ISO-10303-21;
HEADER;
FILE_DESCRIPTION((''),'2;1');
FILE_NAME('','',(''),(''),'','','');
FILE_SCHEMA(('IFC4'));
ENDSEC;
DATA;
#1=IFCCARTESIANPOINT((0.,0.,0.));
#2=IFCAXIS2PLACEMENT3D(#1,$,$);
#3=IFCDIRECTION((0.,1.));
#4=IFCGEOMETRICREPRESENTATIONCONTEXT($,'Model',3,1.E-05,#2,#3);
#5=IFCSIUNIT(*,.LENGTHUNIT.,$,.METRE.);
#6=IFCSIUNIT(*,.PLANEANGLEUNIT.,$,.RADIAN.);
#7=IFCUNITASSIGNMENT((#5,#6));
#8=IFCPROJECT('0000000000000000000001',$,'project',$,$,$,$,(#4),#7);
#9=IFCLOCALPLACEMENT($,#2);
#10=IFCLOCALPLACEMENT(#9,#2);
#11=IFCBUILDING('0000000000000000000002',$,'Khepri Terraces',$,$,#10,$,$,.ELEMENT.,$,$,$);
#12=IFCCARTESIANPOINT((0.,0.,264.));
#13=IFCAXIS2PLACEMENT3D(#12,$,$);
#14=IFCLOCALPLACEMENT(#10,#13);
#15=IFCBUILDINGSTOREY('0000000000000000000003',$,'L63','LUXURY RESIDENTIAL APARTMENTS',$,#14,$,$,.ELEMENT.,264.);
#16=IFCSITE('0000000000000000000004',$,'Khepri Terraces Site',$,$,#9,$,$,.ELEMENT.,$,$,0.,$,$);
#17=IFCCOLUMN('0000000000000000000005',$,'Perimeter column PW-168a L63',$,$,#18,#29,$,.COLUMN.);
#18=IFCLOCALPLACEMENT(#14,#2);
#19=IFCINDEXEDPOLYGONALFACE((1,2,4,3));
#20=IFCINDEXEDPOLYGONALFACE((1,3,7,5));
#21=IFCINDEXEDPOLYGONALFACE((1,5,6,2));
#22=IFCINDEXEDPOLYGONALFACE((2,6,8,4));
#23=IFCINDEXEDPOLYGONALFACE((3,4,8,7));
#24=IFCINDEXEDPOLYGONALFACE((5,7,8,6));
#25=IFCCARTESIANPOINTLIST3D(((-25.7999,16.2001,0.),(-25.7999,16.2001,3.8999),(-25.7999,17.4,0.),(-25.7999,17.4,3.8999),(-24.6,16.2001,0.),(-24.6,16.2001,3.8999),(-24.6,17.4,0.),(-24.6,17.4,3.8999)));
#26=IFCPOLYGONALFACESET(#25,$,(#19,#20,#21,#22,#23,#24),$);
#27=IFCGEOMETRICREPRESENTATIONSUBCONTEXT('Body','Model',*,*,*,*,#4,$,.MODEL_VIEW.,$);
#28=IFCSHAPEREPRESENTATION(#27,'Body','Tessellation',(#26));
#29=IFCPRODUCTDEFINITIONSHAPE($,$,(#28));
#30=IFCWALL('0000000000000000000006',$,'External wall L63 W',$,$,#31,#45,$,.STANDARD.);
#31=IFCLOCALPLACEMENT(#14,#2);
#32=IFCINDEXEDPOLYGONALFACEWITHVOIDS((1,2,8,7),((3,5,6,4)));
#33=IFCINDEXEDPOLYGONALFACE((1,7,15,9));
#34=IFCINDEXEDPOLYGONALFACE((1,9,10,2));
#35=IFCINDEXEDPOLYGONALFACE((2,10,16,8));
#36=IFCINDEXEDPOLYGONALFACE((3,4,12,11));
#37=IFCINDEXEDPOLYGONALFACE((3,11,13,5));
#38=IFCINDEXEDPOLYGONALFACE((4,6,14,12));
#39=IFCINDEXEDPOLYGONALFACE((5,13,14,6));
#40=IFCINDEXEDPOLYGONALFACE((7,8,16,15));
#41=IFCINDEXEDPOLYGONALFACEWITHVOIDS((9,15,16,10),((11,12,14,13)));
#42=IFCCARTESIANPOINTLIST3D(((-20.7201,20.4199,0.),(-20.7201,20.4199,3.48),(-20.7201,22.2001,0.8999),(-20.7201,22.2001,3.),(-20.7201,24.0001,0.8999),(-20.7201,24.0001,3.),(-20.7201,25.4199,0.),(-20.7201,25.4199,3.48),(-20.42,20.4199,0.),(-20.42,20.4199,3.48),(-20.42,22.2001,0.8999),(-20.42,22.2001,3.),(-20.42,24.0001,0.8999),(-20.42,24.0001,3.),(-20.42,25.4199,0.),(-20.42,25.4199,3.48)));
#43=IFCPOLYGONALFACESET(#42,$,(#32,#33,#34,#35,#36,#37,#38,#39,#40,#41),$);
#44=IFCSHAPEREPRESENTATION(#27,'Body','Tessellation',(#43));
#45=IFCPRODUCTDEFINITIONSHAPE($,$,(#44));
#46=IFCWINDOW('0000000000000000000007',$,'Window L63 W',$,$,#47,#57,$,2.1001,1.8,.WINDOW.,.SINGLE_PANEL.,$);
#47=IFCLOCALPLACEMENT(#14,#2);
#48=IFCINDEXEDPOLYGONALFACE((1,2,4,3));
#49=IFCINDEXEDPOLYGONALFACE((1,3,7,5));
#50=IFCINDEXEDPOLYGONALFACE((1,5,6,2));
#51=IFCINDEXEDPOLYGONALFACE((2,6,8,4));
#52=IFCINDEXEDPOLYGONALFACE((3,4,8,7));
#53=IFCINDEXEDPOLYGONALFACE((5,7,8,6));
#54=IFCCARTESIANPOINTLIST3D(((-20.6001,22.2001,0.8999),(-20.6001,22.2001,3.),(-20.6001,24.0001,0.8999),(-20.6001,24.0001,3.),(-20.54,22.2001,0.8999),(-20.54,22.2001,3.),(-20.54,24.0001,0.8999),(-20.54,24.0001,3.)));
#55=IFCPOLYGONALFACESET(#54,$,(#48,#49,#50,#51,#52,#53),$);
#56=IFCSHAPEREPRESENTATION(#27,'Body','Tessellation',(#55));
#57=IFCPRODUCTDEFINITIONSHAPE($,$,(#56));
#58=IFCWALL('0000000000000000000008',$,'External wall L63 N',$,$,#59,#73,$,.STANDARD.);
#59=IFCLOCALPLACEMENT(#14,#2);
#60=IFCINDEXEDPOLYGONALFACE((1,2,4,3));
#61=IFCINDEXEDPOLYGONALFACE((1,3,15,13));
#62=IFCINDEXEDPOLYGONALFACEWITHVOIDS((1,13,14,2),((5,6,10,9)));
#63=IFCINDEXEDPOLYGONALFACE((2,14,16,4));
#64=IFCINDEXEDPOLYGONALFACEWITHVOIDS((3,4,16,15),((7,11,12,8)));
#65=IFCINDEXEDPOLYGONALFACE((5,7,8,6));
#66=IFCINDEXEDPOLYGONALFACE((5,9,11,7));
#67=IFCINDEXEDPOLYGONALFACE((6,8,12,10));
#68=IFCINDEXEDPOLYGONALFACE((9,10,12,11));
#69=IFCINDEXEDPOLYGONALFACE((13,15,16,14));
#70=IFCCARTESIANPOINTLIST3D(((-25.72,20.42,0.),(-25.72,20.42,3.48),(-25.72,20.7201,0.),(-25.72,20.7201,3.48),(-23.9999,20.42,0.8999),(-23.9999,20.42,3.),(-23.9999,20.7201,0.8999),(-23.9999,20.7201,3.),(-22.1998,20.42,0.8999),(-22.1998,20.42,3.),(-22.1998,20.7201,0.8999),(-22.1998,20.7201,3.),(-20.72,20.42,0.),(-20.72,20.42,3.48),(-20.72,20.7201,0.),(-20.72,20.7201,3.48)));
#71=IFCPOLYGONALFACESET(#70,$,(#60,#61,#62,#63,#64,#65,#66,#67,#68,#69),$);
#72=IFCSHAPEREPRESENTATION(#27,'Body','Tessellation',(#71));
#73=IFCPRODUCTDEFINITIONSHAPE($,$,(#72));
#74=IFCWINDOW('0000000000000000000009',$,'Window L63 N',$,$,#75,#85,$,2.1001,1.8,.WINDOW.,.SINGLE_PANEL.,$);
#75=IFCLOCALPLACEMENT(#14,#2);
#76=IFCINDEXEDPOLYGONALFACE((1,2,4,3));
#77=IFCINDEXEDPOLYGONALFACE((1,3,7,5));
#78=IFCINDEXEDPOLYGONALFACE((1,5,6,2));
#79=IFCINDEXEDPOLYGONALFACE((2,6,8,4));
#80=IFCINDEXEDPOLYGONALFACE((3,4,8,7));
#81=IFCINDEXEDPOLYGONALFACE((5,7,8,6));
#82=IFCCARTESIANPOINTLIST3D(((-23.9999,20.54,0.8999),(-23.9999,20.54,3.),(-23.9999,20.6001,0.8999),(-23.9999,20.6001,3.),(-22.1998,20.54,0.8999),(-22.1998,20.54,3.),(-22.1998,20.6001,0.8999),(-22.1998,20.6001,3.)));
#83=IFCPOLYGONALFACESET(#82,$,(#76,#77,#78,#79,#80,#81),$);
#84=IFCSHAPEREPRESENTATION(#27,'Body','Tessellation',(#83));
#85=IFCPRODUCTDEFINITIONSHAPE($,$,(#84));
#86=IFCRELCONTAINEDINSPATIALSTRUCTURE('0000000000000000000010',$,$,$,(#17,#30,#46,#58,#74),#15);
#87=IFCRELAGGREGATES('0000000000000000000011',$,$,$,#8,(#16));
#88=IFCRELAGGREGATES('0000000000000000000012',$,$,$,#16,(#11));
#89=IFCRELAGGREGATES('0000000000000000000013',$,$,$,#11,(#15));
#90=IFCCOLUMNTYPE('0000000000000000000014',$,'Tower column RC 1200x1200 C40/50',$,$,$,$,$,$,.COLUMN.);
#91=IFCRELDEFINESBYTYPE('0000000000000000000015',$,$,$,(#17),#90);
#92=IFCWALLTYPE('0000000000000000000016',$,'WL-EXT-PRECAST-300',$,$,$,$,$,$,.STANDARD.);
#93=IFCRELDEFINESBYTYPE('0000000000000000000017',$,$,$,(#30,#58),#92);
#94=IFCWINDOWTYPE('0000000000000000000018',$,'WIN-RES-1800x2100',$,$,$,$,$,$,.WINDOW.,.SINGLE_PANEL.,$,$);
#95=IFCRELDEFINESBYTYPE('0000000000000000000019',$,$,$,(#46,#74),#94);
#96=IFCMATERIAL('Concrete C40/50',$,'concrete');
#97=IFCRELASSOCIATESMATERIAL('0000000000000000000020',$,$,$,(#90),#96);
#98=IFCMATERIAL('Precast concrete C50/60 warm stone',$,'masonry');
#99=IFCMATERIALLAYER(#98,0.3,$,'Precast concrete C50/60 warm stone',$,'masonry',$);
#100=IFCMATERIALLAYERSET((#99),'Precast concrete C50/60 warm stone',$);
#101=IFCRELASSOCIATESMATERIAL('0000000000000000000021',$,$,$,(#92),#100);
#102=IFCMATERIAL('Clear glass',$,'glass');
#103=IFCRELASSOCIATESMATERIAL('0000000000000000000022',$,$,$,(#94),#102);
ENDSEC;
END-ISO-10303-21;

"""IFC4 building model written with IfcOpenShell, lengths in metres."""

from ifc_helpers import new_model, si_unit, direction, frame, frame_2d, origin, origin_2d, place, context, subcontext, project, spatial, rectangle, extrude, material, layer, layer_set, material_profile, profile_set, type_object, element, fill, save


model = new_model("IFC4")

# Units and contexts
model_context = context("Model", 3, precision=1e-05, world=origin(), true_north=direction((0.0, 1.0)))
body_context = subcontext(model_context, "Body", "Model", "MODEL_VIEW")
ifc_project = project(units=[si_unit("LENGTHUNIT", "METRE"), si_unit("PLANEANGLEUNIT", "RADIAN")], contexts=[model_context])

# Site, building, storey
site_placement = place(None, origin())
site = spatial("IfcSite", under=ifc_project, at=site_placement, Name="Khepri Terraces Site", CompositionType="ELEMENT", RefElevation=0.0)
building_placement = place(site_placement, origin())
building = spatial("IfcBuilding", under=site, at=building_placement, Name="Khepri Terraces", CompositionType="ELEMENT")
storey_placement = place(building_placement, frame((0.0, 0.0, 264.0)))
storey = spatial("IfcBuildingStorey", under=building, at=storey_placement, Name="L63", Description="LUXURY RESIDENTIAL APARTMENTS", CompositionType="ELEMENT", Elevation=264.0)

# Column
ifc_material_1 = material(Name="Concrete C40/50", Category="concrete")
ifc_material_profile = material_profile(ifc_material_1, rectangle(XDim=1.2, YDim=1.2, at=origin_2d()), Name="Concrete C40/50", Category="concrete")
ifc_profile_set = profile_set([ifc_material_profile], Name="Concrete C40/50")
column_type = type_object("IfcColumnType", Name="Tower column RC 1200x1200 C40/50", PredefinedType="COLUMN", material=ifc_profile_set)
column_placement = place(storey_placement, frame((-25.2, 16.8, 0.0), z_axis=(0.0, 0.0, 1.0), x_axis=(1.0, 0.0, 0.0)))
element("IfcColumn", 1, at=column_placement, inside=storey, type_object=column_type, Name="Perimeter column PW-168a L63", PredefinedType="COLUMN", context=body_context, shape_type="SweptSolid", body=[
    extrude(rectangle(XDim=1.2, YDim=1.2, at=origin_2d()), origin(), (0.0, 0.0, 1.0), 3.8999),
])

# Walls, openings, windows
ifc_material_2 = material(Name="Precast concrete C50/60 warm stone", Category="masonry")
ifc_layer = layer(ifc_material_2, 0.3, Name="Precast concrete C50/60 warm stone", Category="masonry")
ifc_layer_set = layer_set([ifc_layer], Name="Precast concrete C50/60 warm stone")
wall_type = type_object("IfcWallType", Name="WL-EXT-PRECAST-300", PredefinedType="STANDARD", material=ifc_layer_set)
wall_1_placement = place(storey_placement, frame((-20.5701, 25.4199, 0.0), z_axis=(0.0, 0.0, 1.0), x_axis=(0.0, -1.0, 0.0)))
wall_1 = element("IfcWall", 2, at=wall_1_placement, inside=storey, type_object=wall_type, Name="External wall L63 W", PredefinedType="STANDARD", context=body_context, shape_type="SweptSolid", body=[
    extrude(rectangle(XDim=5.0, YDim=0.3, at=frame_2d((2.5, 0.0))), origin(), (0.0, 0.0, 1.0), 3.48),
])
opening_1_placement = place(wall_1_placement, frame((1.4199, 0.0, 0.8999)))
opening_1 = element("IfcOpeningElement", 3, at=opening_1_placement, cuts=wall_1, PredefinedType="OPENING", context=body_context, shape_type="SweptSolid", body=[
    extrude(rectangle(XDim=1.8, YDim=2.1001, at=frame_2d((0.8999, 1.05))), frame((0.0, 0.1602, 0.0), z_axis=(0.0, -1.0, 0.0), x_axis=(1.0, 0.0, 0.0)), (0.0, 0.0, 1.0), 0.3201),
])
ifc_material_3 = material(Name="Clear glass", Category="glass")
window_type = type_object("IfcWindowType", Name="WIN-RES-1800x2100", PartitioningType="SINGLE_PANEL", PredefinedType="WINDOW", material=ifc_material_3)
window_1_placement = place(opening_1_placement, origin())
window_1 = element("IfcWindow", 4, at=window_1_placement, inside=storey, type_object=window_type, Name="Window L63 W", OverallHeight=2.1001, OverallWidth=1.8, PartitioningType="SINGLE_PANEL", PredefinedType="WINDOW", context=body_context, shape_type="SweptSolid", body=[
    extrude(rectangle(XDim=1.8, YDim=2.1001, at=frame_2d((0.8999, 1.05))), frame((0.0, 0.03, 0.0), z_axis=(0.0, -1.0, 0.0), x_axis=(1.0, 0.0, 0.0)), (0.0, 0.0, 1.0), 0.0601),
])
fill(opening_1, window_1)
wall_2_placement = place(storey_placement, frame((-20.72, 20.5701, 0.0), z_axis=(0.0, 0.0, 1.0), x_axis=(-1.0, 0.0, 0.0)))
wall_2 = element("IfcWall", 5, at=wall_2_placement, inside=storey, type_object=wall_type, Name="External wall L63 N", PredefinedType="STANDARD", context=body_context, shape_type="SweptSolid", body=[
    extrude(rectangle(XDim=5.0, YDim=0.3, at=frame_2d((2.5, 0.0))), origin(), (0.0, 0.0, 1.0), 3.48),
])
opening_2_placement = place(wall_2_placement, frame((1.48, 0.0, 0.8999)))
opening_2 = element("IfcOpeningElement", 6, at=opening_2_placement, cuts=wall_2, PredefinedType="OPENING", context=body_context, shape_type="SweptSolid", body=[
    extrude(rectangle(XDim=1.8, YDim=2.1001, at=frame_2d((0.8999, 1.05))), frame((0.0, 0.1602, 0.0), z_axis=(0.0, -1.0, 0.0), x_axis=(1.0, 0.0, 0.0)), (0.0, 0.0, 1.0), 0.3201),
])
window_2_placement = place(opening_2_placement, origin())
window_2 = element("IfcWindow", 7, at=window_2_placement, inside=storey, type_object=window_type, Name="Window L63 N", OverallHeight=2.1001, OverallWidth=1.8, PartitioningType="SINGLE_PANEL", PredefinedType="WINDOW", context=body_context, shape_type="SweptSolid", body=[
    extrude(rectangle(XDim=1.8, YDim=2.1001, at=frame_2d((0.8999, 1.05))), frame((0.0, 0.03, 0.0), z_axis=(0.0, -1.0, 0.0), x_axis=(1.0, 0.0, 0.0)), (0.0, 0.0, 1.0), 0.0601),
])
fill(opening_2, window_2)

save(model, "model.ifc")
